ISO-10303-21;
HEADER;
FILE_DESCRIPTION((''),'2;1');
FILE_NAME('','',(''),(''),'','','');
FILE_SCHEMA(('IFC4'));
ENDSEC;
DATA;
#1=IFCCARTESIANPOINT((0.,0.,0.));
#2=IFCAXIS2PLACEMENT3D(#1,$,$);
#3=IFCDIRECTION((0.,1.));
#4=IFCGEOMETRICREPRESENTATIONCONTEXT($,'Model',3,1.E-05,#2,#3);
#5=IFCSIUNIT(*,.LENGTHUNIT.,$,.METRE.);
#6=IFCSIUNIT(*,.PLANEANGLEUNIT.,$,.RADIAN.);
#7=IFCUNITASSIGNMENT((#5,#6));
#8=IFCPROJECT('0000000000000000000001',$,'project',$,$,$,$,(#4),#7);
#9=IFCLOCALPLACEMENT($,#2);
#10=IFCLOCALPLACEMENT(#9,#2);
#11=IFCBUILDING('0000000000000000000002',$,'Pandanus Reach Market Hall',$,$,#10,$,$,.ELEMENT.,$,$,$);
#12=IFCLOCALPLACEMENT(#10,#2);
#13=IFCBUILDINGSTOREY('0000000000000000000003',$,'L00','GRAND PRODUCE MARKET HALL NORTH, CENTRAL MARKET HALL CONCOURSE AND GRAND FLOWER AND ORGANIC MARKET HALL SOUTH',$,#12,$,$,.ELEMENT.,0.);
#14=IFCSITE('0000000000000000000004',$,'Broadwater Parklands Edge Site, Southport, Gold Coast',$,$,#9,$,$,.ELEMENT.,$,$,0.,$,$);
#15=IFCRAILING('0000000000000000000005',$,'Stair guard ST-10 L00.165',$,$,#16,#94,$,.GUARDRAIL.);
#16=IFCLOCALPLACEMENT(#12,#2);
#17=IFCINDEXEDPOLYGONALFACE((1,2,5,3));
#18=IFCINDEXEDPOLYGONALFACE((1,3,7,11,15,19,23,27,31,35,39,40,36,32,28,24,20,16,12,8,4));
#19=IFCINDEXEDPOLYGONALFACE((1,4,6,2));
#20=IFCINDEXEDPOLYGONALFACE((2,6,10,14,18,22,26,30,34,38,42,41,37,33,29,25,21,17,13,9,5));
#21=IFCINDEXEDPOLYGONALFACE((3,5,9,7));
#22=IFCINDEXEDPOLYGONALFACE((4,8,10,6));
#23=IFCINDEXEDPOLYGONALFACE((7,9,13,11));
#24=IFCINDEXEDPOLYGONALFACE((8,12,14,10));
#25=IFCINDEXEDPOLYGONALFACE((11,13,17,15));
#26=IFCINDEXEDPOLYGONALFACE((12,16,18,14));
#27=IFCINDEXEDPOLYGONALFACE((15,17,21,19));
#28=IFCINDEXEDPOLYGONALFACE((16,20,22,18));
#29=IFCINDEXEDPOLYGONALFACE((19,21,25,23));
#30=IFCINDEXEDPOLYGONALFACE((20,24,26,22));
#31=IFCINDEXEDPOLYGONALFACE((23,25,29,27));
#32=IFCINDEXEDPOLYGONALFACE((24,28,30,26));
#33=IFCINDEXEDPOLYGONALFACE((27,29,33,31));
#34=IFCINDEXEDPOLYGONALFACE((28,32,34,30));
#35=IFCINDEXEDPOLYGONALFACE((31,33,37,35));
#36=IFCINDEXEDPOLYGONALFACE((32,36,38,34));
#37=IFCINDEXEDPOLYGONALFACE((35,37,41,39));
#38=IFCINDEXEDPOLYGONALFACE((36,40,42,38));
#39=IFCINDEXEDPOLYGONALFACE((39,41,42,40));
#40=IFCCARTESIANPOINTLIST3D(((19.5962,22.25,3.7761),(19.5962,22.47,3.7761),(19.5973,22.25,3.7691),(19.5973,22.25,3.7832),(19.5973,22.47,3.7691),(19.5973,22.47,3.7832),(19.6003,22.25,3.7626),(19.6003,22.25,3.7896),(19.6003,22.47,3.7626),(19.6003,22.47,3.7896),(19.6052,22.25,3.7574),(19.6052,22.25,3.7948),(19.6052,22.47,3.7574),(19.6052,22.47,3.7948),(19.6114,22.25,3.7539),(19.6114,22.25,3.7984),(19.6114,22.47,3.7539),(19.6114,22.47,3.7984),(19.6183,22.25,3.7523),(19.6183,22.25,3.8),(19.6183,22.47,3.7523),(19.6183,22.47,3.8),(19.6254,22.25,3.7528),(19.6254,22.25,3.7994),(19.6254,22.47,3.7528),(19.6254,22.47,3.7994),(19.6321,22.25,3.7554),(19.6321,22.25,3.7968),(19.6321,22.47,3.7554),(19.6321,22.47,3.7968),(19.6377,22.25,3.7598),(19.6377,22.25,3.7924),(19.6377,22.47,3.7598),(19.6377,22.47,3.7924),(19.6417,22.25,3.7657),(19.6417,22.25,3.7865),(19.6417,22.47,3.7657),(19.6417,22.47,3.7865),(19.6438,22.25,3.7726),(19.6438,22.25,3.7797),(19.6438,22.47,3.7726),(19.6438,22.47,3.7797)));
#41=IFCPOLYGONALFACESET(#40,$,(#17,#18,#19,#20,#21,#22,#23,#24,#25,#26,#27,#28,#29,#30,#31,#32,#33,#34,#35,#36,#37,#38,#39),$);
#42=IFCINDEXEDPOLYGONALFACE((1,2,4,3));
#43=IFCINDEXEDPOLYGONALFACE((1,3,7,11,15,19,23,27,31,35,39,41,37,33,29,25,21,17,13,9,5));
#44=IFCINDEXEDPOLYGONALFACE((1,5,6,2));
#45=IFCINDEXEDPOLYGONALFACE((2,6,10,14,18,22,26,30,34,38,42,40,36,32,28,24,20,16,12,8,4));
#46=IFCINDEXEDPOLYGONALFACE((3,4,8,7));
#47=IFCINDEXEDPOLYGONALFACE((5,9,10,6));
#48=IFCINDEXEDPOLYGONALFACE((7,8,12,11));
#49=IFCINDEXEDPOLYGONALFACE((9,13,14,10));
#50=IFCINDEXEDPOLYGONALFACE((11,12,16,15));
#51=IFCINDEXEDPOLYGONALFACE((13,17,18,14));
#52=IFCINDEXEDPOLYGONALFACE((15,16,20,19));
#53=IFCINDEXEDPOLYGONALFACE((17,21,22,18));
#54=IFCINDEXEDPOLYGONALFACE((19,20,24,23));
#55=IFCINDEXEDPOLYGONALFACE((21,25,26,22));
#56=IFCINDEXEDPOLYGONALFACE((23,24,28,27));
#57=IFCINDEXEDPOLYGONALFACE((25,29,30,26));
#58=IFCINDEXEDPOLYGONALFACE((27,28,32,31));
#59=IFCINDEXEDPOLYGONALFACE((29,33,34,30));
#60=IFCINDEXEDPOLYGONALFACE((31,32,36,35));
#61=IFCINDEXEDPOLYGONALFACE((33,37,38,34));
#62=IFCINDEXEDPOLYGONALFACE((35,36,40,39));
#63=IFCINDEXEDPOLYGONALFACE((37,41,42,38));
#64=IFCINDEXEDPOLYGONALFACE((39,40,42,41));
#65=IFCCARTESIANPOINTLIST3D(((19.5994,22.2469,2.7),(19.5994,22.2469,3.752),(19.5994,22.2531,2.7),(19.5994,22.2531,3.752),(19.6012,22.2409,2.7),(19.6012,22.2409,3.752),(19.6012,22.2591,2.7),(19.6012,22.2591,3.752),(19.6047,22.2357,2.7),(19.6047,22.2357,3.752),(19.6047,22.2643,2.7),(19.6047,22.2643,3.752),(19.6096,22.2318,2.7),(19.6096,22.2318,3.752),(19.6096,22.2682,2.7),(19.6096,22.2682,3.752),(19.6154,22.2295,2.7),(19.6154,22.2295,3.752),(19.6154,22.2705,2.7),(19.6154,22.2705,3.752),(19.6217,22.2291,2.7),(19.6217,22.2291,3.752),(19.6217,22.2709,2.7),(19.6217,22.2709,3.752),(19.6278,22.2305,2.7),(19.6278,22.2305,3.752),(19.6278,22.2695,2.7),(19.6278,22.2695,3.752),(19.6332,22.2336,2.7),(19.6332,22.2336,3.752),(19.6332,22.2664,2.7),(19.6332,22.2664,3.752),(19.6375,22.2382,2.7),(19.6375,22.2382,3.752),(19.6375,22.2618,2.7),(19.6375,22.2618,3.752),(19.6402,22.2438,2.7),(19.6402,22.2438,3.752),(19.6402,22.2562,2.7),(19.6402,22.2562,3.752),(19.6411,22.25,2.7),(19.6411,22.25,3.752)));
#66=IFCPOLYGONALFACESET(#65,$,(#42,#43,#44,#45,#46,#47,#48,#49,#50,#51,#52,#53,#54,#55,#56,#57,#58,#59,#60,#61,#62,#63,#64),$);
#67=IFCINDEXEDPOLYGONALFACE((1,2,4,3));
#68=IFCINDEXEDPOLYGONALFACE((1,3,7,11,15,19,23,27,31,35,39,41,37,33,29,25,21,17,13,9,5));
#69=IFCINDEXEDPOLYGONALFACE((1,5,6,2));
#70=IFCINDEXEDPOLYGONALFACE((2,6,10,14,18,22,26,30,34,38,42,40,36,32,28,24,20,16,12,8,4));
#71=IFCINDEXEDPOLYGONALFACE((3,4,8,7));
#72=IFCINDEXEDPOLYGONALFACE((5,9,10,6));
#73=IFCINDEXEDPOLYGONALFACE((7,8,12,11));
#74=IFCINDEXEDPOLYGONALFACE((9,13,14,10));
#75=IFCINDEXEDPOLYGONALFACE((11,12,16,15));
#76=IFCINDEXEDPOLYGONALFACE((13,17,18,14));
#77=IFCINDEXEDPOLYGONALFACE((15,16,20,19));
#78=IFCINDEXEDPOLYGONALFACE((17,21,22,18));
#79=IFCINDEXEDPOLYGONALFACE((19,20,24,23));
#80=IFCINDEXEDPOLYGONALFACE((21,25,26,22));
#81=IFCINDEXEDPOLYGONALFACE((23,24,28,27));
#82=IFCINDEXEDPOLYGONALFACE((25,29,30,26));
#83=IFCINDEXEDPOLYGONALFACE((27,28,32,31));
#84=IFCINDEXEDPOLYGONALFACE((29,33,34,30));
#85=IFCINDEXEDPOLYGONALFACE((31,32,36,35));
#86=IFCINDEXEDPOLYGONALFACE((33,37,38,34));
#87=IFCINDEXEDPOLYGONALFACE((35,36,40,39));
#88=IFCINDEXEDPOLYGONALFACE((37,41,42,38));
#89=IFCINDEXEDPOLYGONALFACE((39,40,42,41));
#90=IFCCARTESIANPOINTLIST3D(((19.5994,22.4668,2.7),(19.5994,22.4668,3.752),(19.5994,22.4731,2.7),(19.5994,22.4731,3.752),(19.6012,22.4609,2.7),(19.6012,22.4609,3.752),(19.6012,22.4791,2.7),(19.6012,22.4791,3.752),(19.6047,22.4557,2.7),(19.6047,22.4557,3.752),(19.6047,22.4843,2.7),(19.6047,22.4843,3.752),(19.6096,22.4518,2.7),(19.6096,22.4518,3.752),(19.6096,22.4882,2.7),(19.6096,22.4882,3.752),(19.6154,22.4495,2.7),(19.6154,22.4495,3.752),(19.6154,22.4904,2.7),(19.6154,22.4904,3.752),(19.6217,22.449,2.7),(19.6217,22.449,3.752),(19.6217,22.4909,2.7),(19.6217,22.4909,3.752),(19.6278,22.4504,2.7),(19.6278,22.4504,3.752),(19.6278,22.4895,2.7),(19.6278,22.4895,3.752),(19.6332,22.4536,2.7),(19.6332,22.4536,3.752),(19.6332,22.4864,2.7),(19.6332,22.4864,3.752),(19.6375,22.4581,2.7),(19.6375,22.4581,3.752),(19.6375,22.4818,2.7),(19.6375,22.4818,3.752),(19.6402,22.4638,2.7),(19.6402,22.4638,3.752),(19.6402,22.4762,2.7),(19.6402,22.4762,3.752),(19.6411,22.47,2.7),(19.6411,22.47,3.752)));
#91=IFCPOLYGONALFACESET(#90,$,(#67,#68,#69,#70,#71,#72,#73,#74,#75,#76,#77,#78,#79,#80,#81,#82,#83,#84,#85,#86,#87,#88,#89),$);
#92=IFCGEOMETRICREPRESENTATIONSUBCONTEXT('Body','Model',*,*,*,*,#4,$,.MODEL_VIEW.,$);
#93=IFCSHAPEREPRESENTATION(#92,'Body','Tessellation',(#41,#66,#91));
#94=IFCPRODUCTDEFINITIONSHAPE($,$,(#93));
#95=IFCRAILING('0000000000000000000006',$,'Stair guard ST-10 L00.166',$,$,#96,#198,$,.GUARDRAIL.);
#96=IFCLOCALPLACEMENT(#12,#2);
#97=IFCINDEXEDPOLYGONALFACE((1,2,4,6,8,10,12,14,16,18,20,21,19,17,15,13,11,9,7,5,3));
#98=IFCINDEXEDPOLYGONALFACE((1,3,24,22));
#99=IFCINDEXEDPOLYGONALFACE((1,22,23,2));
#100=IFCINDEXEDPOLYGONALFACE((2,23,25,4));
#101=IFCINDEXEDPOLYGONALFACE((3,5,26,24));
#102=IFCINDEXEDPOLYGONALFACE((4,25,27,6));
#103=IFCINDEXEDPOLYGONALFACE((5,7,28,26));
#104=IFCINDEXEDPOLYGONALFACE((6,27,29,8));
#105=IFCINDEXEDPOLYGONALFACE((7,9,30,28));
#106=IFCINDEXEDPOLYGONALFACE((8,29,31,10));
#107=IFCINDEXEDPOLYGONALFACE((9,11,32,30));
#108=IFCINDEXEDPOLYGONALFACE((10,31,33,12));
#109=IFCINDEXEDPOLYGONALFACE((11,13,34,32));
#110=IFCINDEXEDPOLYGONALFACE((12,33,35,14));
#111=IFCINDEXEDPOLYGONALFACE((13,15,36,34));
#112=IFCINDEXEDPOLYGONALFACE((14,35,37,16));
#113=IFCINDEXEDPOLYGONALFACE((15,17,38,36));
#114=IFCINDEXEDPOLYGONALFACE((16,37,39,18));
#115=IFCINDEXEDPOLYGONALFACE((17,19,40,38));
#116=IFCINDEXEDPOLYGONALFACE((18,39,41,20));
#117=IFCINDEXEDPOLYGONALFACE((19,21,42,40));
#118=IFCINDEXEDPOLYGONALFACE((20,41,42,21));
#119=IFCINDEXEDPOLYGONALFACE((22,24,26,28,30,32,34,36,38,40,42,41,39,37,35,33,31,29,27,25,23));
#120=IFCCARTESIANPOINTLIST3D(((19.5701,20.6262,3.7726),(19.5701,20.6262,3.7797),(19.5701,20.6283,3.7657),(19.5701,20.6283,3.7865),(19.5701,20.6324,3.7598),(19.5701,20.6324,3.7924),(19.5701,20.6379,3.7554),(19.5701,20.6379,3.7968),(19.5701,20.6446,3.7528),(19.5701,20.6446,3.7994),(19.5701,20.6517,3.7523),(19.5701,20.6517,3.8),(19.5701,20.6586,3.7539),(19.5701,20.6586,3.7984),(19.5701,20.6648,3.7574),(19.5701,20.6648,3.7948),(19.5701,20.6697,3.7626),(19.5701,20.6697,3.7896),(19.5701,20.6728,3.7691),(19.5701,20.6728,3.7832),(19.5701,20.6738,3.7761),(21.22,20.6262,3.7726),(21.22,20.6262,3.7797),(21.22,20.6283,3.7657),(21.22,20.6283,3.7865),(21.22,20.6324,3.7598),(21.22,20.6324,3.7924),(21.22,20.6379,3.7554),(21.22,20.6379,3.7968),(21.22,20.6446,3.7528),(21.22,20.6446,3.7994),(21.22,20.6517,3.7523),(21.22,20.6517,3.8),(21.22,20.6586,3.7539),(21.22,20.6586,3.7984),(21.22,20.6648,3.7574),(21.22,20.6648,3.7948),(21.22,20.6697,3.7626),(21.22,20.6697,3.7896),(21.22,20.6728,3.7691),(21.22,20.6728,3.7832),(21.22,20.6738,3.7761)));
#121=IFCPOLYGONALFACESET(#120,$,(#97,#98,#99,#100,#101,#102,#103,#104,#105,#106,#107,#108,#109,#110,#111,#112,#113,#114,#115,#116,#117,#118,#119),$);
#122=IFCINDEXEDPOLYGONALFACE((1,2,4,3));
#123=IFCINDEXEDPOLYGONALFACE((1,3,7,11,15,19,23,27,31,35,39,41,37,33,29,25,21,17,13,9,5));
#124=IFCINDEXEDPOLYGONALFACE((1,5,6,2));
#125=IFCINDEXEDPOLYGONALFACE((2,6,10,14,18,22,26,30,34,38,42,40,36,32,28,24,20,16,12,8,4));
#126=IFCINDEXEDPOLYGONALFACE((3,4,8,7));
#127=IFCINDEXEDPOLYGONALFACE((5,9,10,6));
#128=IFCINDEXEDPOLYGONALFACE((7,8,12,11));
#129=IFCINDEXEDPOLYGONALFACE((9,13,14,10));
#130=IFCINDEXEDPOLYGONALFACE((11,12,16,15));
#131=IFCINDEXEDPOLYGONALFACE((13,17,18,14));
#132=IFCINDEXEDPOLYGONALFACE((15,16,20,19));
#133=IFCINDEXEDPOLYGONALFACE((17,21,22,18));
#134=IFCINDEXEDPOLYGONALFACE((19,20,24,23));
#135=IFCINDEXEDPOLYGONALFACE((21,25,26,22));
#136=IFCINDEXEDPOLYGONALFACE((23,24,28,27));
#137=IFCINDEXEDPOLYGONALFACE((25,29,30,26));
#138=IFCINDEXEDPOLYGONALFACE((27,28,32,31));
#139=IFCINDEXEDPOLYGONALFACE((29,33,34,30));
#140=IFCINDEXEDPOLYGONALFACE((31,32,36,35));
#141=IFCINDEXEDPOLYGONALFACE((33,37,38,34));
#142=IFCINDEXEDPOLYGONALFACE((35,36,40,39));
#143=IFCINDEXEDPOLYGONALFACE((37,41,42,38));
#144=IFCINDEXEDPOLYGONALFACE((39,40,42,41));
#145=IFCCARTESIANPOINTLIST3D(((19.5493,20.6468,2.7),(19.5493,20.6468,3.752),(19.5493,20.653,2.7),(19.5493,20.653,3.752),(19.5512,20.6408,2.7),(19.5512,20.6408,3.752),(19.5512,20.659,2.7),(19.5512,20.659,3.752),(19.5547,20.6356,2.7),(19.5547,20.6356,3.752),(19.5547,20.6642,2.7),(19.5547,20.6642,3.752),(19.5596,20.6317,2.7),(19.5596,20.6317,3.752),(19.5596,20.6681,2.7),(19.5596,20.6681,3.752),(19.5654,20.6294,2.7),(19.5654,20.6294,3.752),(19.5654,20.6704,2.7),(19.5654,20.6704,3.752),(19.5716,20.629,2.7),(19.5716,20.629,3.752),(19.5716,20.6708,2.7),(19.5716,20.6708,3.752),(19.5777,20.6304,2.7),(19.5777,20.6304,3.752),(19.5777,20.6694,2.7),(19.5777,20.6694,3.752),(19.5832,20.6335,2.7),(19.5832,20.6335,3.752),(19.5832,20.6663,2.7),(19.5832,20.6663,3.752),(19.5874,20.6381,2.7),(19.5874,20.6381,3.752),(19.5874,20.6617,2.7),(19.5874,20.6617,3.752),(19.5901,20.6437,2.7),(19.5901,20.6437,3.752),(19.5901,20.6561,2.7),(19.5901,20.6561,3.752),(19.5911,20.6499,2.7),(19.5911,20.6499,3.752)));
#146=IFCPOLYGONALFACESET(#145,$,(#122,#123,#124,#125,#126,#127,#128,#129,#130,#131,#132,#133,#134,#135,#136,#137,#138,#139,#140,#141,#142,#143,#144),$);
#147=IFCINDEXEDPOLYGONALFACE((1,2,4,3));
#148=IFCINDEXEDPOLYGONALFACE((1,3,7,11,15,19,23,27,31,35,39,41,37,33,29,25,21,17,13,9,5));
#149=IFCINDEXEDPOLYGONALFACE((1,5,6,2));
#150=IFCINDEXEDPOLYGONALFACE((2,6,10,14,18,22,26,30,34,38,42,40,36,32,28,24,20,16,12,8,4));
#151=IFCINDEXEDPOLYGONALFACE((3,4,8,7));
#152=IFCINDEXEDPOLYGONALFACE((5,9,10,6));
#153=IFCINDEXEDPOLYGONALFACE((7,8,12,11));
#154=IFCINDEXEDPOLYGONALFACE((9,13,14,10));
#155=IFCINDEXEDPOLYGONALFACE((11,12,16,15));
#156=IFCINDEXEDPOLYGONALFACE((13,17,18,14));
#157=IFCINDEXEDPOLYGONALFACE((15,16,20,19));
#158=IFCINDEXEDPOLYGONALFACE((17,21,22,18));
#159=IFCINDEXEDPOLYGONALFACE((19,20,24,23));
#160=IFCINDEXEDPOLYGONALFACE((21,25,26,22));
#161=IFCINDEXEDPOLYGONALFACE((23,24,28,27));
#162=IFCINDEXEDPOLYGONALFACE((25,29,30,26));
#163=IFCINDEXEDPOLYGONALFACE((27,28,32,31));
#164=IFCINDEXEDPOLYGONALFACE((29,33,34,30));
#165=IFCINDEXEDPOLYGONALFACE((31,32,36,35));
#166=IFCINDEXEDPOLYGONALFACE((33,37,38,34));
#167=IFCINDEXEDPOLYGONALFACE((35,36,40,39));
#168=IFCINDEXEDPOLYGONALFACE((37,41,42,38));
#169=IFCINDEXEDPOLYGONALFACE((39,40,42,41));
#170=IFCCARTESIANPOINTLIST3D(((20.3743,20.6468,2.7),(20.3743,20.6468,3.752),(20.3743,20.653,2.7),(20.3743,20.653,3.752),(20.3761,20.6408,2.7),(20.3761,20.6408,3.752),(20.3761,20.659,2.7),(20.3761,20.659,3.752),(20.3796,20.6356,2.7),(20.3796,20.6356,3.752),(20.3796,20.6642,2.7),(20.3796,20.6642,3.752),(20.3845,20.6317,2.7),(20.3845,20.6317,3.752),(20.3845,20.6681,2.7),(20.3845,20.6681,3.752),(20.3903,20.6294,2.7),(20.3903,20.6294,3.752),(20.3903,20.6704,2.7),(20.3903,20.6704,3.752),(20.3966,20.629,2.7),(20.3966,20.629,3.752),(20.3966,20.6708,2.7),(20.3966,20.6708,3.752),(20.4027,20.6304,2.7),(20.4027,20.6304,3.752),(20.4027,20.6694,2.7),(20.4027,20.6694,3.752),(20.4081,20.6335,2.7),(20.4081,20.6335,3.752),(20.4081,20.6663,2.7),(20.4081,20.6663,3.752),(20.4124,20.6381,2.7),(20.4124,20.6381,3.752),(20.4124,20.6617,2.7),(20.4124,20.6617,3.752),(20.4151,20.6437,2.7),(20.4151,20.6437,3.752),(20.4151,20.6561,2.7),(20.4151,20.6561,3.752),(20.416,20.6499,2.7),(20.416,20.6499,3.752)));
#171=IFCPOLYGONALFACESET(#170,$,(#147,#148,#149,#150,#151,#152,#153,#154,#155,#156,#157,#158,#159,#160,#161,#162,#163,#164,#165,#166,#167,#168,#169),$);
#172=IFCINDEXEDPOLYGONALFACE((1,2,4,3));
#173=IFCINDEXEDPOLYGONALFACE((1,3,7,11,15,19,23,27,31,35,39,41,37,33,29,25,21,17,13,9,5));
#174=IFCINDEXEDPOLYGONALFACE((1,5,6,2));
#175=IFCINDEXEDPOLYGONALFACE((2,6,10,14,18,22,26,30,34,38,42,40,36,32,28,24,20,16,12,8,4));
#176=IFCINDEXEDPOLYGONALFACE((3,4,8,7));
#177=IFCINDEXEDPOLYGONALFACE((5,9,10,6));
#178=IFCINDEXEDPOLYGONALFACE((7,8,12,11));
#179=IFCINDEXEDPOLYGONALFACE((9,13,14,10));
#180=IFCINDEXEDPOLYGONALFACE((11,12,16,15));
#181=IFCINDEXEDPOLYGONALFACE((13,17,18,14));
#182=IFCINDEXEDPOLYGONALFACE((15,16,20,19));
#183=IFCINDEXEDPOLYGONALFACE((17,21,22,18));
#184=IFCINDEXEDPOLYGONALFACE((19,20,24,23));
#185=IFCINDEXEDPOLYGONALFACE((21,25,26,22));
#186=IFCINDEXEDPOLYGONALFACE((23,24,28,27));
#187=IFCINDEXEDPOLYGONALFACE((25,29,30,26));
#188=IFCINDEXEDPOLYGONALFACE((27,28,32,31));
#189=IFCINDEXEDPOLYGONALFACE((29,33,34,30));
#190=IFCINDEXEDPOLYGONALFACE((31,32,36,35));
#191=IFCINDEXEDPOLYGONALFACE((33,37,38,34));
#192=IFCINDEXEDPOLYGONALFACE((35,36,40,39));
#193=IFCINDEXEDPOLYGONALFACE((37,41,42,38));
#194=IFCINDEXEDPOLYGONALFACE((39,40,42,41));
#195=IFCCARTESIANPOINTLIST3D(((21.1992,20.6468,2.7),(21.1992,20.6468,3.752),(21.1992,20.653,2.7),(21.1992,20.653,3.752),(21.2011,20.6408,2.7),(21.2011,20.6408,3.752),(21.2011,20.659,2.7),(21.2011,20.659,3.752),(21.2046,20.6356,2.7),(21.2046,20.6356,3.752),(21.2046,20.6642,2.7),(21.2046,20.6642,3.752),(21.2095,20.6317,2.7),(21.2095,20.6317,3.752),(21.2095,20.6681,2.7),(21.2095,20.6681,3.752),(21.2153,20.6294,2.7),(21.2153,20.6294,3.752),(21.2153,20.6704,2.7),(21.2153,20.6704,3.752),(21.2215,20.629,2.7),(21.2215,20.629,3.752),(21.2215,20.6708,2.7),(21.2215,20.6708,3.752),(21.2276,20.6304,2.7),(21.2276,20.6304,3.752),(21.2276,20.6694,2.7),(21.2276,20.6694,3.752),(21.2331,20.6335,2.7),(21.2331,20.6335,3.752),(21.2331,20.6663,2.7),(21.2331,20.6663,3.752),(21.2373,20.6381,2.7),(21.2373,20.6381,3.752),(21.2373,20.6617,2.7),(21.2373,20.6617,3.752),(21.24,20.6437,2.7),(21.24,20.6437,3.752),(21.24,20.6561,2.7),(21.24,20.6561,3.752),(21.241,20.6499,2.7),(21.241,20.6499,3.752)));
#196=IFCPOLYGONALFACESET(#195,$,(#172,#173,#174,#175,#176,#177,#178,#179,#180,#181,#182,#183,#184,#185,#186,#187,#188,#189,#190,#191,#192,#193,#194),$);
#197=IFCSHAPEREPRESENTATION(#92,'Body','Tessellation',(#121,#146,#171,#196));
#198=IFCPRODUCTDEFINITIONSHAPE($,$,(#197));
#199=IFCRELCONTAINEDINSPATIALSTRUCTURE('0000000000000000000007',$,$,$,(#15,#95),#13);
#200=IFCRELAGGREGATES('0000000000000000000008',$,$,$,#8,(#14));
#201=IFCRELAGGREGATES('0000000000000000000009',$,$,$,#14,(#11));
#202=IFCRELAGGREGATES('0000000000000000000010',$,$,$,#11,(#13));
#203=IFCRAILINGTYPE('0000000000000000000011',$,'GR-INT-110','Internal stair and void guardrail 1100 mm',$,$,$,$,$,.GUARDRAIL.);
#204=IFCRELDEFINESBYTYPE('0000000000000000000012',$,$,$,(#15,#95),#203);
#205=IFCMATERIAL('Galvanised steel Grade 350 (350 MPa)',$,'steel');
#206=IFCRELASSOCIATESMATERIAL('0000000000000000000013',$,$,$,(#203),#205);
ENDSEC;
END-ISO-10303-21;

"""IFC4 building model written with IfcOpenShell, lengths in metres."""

from ifc_helpers import new_model, si_unit, direction, frame, origin, origin_2d, place, context, subcontext, project, spatial, circle, extrude, material, type_object, element, save


model = new_model("IFC4")

# Units and contexts
model_context = context("Model", 3, precision=1e-05, world=origin(), true_north=direction((0.0, 1.0)))
body_context = subcontext(model_context, "Body", "Model", "MODEL_VIEW")
ifc_project = project(units=[si_unit("LENGTHUNIT", "METRE"), si_unit("PLANEANGLEUNIT", "RADIAN")], contexts=[model_context])

# Site, building, storey
site_placement = place(None, origin())
site = spatial("IfcSite", under=ifc_project, at=site_placement, Name="Broadwater Parklands Edge Site, Southport, Gold Coast", CompositionType="ELEMENT", RefElevation=0.0)
building_placement = place(site_placement, origin())
building = spatial("IfcBuilding", under=site, at=building_placement, Name="Pandanus Reach Market Hall", CompositionType="ELEMENT")
storey_placement = place(building_placement, origin())
storey = spatial("IfcBuildingStorey", under=building, at=storey_placement, Name="L00", Description="GRAND PRODUCE MARKET HALL NORTH, CENTRAL MARKET HALL CONCOURSE AND GRAND FLOWER AND ORGANIC MARKET HALL SOUTH", CompositionType="ELEMENT", Elevation=0.0)

# Railings
ifc_material_1 = material(Name="Galvanised steel Grade 350 (350 MPa)", Category="steel")
railing_type_1 = type_object("IfcRailingType", Name="GR-INT-110", Description="Internal stair and void guardrail 1100 mm", PredefinedType="GUARDRAIL", material=ifc_material_1)
railing_1_placement = place(storey_placement, frame((19.6201, 22.25, 2.7)))
element("IfcRailing", 1, at=railing_1_placement, inside=storey, type_object=railing_type_1, Name="Stair guard ST-10 L00.165", PredefinedType="GUARDRAIL", context=body_context, shape_type="SweptSolid", body=[
    extrude(circle(Radius=0.0239, at=origin_2d()), frame((0.0, 0.0, 1.0762), z_axis=(0.0, 1.0, 0.0), x_axis=(-1.0, 0.0, 0.0)), (0.0, 0.0, 1.0), 0.22),
    extrude(circle(Radius=0.021, at=origin_2d()), origin(), (0.0, 0.0, 1.0), 1.052),
    extrude(circle(Radius=0.021, at=origin_2d()), frame((0.0, 0.22, 0.0)), (0.0, 0.0, 1.0), 1.052),
])
railing_2_placement = place(storey_placement, frame((19.5701, 20.6499, 2.7)))
element("IfcRailing", 2, at=railing_2_placement, inside=storey, type_object=railing_type_1, Name="Stair guard ST-10 L00.166", PredefinedType="GUARDRAIL", context=body_context, shape_type="SweptSolid", body=[
    extrude(circle(Radius=0.0239, at=origin_2d()), frame((0.0, 0.0, 1.0762), z_axis=(1.0, 0.0, 0.0), x_axis=(0.0, 1.0, 0.0)), (0.0, 0.0, 1.0), 1.6499),
    extrude(circle(Radius=0.021, at=origin_2d()), origin(), (0.0, 0.0, 1.0), 1.052),
    extrude(circle(Radius=0.021, at=origin_2d()), frame((0.825, 0.0, 0.0)), (0.0, 0.0, 1.0), 1.052),
    extrude(circle(Radius=0.021, at=origin_2d()), frame((1.6499, 0.0, 0.0)), (0.0, 0.0, 1.0), 1.052),
])

save(model, "model.ifc")
